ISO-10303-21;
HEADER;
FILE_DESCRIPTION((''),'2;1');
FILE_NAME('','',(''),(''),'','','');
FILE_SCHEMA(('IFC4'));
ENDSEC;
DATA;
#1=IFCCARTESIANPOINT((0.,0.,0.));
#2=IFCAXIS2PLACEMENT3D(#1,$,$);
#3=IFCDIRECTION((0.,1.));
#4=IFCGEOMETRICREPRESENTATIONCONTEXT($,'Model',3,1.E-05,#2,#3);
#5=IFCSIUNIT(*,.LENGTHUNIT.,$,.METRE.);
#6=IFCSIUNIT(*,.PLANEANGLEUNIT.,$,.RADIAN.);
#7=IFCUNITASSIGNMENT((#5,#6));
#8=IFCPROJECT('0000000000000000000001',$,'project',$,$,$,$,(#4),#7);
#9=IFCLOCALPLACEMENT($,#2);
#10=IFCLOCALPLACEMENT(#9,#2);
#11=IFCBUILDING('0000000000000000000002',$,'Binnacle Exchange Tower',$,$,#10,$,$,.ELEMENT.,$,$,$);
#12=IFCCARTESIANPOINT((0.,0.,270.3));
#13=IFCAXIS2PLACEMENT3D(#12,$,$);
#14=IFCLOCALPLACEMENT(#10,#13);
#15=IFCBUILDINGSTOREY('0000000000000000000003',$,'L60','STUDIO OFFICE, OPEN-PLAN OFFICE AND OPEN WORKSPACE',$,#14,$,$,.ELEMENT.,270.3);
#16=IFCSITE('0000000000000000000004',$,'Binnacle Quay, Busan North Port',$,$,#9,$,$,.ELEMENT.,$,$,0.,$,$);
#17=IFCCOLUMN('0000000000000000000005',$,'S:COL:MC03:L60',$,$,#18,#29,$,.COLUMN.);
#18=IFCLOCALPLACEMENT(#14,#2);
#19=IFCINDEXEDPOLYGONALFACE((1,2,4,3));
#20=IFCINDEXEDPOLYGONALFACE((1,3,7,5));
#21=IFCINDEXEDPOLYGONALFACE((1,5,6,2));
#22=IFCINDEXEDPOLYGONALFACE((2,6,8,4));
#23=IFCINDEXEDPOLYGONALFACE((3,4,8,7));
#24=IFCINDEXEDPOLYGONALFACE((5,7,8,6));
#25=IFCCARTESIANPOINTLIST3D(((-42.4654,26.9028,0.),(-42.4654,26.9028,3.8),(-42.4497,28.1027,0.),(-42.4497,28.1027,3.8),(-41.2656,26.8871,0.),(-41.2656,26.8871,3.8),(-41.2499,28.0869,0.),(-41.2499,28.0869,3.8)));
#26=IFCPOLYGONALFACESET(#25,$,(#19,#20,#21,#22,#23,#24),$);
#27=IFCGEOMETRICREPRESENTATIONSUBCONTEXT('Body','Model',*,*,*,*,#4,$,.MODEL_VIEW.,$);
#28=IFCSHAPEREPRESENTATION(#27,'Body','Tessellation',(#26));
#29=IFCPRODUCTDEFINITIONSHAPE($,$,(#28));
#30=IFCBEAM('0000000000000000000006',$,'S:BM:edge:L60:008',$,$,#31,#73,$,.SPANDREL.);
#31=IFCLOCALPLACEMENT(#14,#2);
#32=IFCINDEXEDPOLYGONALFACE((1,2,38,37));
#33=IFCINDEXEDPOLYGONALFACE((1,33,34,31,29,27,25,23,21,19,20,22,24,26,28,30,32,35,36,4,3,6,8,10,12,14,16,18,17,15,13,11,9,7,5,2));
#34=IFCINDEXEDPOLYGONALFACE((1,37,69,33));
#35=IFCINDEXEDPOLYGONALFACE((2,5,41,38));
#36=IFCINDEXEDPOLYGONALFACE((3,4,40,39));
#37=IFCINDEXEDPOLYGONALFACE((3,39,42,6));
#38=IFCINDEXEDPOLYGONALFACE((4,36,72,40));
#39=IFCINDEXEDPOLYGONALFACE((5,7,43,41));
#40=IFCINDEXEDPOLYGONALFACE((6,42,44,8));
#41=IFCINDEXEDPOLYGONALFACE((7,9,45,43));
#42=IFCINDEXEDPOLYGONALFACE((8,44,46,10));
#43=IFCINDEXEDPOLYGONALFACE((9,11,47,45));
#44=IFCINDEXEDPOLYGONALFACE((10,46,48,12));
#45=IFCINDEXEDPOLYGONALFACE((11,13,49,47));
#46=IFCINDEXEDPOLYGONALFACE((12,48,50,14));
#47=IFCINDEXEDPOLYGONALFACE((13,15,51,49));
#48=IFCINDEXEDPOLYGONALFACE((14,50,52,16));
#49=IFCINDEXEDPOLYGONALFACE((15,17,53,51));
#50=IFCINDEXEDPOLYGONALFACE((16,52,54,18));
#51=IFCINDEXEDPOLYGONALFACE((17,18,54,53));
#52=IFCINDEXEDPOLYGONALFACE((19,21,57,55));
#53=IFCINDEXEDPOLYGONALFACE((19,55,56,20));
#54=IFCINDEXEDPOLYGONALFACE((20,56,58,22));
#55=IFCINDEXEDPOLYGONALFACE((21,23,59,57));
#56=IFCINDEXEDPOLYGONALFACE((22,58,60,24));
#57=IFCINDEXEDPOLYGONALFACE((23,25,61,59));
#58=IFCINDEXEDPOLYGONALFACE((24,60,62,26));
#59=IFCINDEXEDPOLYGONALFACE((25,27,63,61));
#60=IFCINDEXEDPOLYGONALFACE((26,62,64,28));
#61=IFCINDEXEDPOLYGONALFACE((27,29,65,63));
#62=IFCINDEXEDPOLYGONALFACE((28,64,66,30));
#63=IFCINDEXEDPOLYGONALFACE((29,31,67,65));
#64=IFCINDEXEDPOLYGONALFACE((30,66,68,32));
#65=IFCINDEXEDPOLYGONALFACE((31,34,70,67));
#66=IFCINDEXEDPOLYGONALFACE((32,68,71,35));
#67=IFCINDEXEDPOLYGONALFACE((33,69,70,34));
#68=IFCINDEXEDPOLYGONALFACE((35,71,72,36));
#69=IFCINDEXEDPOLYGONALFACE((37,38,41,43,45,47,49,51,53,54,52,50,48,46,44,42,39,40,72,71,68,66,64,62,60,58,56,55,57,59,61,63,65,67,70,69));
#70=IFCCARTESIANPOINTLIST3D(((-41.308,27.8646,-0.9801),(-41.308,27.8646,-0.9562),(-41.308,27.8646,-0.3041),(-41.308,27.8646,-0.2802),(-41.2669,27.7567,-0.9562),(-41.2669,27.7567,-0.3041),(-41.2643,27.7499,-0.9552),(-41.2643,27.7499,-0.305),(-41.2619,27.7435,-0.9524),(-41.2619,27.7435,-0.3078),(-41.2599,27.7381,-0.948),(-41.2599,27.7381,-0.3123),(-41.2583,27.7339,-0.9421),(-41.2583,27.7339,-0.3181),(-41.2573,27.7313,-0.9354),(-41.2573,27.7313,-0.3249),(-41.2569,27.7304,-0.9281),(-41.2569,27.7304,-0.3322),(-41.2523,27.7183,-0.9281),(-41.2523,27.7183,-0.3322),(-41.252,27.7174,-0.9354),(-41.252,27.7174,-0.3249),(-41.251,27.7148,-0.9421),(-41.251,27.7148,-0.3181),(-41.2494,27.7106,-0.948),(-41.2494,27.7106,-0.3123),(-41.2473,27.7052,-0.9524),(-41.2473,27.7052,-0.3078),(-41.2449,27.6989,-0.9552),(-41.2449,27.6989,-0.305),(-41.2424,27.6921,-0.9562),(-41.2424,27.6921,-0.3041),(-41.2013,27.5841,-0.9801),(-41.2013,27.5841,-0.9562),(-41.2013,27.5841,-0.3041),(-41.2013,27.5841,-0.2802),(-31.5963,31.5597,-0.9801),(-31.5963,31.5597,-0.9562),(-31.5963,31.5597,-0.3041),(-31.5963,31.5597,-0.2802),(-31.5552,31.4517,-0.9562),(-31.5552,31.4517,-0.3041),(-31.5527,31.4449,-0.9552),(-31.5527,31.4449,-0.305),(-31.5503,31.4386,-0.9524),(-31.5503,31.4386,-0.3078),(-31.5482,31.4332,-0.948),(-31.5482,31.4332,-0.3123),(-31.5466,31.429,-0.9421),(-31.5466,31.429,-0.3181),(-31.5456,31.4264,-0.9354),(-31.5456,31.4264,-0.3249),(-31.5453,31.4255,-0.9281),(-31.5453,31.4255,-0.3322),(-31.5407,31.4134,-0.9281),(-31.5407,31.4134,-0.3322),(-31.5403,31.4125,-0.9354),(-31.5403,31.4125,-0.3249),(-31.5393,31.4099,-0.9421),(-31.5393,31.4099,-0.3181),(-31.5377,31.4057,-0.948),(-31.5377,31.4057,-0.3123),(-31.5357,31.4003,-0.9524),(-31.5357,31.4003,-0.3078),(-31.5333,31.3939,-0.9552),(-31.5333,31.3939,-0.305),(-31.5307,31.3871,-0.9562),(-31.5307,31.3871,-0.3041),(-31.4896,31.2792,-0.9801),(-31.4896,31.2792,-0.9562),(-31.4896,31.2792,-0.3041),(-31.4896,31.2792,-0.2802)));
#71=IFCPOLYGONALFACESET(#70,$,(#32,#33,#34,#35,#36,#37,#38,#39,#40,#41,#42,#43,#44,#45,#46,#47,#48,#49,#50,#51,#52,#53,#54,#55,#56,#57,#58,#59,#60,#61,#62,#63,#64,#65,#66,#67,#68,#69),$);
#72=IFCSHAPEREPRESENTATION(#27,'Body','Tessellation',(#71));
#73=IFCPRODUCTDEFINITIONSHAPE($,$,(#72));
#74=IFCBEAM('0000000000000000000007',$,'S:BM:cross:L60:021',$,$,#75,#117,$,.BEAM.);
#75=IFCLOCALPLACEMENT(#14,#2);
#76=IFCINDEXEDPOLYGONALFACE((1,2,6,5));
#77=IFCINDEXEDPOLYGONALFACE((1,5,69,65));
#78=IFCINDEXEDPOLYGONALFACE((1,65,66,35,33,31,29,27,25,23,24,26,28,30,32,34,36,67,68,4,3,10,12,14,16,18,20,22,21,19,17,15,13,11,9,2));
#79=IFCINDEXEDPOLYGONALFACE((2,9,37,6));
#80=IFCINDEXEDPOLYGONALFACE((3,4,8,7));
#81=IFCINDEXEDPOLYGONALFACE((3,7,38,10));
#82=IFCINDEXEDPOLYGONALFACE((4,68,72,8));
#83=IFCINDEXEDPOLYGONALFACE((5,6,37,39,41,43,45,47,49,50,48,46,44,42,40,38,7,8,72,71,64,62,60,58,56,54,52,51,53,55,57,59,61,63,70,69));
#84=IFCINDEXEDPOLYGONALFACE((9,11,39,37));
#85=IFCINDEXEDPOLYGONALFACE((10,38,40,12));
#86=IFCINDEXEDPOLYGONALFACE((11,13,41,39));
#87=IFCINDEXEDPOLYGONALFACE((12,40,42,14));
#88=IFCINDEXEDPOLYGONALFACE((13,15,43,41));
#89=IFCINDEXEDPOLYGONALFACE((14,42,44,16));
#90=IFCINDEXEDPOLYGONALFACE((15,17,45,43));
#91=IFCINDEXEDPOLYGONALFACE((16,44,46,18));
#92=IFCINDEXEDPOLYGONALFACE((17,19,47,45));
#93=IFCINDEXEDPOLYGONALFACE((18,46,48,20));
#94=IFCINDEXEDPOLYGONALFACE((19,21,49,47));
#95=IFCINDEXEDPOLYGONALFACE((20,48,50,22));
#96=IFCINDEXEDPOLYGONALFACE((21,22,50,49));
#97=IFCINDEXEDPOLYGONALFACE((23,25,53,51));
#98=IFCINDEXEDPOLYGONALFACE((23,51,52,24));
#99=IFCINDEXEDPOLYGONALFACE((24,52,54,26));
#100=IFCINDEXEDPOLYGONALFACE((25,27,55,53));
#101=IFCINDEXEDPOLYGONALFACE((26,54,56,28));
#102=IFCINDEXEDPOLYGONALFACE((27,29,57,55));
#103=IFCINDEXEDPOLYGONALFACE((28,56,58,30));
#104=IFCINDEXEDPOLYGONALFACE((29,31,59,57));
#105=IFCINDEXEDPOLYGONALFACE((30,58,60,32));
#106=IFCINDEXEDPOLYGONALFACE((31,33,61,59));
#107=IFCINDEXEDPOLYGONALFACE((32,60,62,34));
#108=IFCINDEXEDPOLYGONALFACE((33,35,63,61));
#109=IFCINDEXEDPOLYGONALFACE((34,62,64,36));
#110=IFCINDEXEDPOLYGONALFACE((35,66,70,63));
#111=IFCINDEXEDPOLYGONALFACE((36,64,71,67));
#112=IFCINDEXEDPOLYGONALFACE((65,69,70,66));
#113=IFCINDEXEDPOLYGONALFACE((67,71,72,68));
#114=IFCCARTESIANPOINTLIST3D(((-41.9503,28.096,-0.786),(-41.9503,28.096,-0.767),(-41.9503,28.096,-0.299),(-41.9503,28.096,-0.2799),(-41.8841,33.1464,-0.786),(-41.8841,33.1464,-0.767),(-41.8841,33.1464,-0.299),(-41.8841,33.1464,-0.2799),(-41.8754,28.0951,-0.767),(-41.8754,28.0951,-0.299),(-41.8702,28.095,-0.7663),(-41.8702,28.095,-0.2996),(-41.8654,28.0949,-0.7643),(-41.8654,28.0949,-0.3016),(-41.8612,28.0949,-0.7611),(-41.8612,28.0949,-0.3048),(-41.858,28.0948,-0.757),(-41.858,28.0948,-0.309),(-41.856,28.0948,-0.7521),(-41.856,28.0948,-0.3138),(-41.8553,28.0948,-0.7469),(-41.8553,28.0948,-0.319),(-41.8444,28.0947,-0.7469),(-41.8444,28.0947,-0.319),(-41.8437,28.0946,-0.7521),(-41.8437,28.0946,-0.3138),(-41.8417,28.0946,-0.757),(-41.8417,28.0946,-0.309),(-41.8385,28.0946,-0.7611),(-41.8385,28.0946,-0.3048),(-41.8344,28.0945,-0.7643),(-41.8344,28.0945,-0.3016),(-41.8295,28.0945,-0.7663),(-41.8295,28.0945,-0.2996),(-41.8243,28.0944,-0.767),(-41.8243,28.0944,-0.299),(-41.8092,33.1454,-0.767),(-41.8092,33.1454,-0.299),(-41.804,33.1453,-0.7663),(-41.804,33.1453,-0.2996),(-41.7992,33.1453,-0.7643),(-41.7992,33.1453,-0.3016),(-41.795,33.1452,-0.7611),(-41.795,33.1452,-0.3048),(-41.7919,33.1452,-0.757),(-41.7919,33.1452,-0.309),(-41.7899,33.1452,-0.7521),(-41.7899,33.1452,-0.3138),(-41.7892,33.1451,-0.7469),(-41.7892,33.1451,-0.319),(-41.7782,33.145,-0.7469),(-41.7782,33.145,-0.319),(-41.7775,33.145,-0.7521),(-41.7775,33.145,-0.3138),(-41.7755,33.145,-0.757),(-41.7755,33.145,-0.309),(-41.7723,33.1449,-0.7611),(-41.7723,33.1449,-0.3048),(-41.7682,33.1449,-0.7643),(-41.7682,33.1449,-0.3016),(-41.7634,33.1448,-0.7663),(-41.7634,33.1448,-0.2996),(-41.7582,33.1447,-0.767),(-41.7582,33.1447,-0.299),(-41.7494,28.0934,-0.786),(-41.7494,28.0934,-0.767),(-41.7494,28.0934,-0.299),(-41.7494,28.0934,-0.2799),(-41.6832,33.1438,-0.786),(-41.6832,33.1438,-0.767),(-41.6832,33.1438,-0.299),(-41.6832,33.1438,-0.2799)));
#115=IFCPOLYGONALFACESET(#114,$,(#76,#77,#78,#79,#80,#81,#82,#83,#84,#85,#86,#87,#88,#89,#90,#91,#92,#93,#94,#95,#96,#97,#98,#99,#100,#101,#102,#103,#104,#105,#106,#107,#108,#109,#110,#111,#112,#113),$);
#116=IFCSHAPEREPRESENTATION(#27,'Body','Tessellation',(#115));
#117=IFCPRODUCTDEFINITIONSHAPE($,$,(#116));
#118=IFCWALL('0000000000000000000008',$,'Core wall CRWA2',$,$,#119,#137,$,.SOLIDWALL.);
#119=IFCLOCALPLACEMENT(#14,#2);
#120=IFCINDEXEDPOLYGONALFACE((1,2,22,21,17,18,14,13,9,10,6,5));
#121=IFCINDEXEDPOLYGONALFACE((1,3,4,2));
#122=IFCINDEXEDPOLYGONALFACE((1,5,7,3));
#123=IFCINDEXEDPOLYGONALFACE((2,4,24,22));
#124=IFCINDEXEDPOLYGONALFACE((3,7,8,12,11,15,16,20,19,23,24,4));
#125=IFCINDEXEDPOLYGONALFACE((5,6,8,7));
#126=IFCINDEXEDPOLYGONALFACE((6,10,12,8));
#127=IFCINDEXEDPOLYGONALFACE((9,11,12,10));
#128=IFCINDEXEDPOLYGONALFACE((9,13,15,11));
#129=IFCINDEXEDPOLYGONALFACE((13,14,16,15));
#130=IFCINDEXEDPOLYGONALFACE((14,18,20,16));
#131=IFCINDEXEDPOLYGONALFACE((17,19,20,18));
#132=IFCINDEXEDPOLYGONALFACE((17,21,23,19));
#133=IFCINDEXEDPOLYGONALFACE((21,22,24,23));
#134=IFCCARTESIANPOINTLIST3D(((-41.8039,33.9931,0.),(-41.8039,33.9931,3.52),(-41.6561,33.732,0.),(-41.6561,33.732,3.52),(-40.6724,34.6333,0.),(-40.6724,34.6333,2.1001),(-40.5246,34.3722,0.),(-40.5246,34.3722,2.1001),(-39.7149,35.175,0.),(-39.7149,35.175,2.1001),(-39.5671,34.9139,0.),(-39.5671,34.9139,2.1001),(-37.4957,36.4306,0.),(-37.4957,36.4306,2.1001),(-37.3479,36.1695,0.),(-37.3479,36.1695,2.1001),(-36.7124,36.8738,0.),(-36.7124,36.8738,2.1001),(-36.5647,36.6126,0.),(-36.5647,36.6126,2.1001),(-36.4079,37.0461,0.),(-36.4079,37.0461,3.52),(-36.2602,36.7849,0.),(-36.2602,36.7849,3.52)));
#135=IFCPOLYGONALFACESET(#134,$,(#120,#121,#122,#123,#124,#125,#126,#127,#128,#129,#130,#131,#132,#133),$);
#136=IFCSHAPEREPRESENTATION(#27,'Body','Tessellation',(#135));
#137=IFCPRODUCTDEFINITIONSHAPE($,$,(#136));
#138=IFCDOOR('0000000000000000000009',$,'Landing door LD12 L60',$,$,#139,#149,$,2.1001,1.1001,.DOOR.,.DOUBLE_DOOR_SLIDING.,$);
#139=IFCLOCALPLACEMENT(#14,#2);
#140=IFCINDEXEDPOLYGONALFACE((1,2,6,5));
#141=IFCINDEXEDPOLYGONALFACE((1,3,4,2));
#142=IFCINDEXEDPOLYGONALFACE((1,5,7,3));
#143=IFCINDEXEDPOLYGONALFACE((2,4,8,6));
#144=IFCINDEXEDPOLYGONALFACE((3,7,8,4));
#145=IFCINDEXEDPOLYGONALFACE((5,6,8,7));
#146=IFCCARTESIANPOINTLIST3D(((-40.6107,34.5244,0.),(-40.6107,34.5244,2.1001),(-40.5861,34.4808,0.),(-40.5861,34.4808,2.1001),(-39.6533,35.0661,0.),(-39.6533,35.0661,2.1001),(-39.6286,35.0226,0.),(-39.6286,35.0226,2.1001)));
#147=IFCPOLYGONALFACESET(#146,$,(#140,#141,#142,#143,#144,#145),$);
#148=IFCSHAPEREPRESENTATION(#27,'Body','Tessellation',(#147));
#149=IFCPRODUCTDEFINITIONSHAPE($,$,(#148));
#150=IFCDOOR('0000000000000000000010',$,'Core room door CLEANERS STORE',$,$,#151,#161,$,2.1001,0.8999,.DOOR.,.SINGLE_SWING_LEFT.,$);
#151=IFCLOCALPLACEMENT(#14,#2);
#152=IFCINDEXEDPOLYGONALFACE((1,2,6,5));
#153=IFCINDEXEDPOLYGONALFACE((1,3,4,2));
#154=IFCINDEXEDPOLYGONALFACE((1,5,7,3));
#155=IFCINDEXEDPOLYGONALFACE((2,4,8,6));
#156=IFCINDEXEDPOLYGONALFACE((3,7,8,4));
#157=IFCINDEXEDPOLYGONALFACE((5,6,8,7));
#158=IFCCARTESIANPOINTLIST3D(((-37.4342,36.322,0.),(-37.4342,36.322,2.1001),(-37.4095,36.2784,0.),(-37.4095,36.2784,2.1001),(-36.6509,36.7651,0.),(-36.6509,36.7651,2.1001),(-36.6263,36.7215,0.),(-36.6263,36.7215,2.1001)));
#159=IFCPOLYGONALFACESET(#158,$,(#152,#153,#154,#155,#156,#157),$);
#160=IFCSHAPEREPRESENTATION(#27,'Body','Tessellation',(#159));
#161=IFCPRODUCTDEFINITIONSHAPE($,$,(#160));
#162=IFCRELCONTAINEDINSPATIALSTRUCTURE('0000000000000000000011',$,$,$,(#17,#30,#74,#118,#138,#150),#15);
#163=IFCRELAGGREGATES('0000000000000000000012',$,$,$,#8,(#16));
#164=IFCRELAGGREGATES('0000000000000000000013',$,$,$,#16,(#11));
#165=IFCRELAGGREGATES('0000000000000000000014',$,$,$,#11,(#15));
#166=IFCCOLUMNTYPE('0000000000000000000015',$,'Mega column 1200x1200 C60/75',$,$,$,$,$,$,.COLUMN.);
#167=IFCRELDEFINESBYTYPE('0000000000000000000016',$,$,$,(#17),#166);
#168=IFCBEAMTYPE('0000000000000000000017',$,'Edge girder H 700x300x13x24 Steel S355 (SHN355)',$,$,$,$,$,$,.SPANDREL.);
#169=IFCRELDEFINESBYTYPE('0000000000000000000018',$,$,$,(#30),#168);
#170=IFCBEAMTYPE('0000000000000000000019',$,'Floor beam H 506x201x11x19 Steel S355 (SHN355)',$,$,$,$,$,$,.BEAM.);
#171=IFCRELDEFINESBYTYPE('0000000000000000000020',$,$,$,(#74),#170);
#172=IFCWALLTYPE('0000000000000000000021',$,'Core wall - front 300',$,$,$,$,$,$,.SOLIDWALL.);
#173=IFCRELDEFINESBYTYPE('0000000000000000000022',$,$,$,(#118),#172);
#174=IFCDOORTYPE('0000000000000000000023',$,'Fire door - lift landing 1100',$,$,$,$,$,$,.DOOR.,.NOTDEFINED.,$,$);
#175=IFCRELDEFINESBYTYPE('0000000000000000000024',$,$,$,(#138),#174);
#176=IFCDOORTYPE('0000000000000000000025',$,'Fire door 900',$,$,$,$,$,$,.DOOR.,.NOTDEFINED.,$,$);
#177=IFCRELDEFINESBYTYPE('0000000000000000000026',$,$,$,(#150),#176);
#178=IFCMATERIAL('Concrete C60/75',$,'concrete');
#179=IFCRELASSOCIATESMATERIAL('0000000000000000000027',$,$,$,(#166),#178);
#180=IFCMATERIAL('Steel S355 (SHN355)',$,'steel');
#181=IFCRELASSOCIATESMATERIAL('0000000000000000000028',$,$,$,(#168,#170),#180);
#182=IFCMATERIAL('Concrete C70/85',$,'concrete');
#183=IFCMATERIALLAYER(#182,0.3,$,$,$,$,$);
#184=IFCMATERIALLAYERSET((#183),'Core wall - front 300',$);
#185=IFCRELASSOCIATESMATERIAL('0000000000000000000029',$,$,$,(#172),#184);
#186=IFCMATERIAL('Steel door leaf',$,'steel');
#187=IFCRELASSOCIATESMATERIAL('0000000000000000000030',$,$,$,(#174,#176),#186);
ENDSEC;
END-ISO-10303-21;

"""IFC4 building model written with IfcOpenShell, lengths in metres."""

from ifc_helpers import new_model, si_unit, direction, frame, frame_2d, origin, origin_2d, place, context, subcontext, project, spatial, rectangle, i_section, extrude, material, layer, layer_set, material_profile, profile_set, type_object, element, fill, save


model = new_model("IFC4")

# Units and contexts
model_context = context("Model", 3, precision=1e-05, world=origin(), true_north=direction((0.0, 1.0)))
body_context = subcontext(model_context, "Body", "Model", "MODEL_VIEW")
ifc_project = project(units=[si_unit("LENGTHUNIT", "METRE"), si_unit("PLANEANGLEUNIT", "RADIAN")], contexts=[model_context])

# Site, building, storey
site_placement = place(None, origin())
site = spatial("IfcSite", under=ifc_project, at=site_placement, Name="Binnacle Quay, Busan North Port", CompositionType="ELEMENT", RefElevation=0.0)
building_placement = place(site_placement, origin())
building = spatial("IfcBuilding", under=site, at=building_placement, Name="Binnacle Exchange Tower", CompositionType="ELEMENT")
storey_placement = place(building_placement, frame((0.0, 0.0, 270.3)))
storey = spatial("IfcBuildingStorey", under=building, at=storey_placement, Name="L60", Description="STUDIO OFFICE, OPEN-PLAN OFFICE AND OPEN WORKSPACE", CompositionType="ELEMENT", Elevation=270.3)

# Column
ifc_material_1 = material(Name="Concrete C60/75", Category="concrete")
ifc_material_profile_1 = material_profile(ifc_material_1, rectangle(XDim=1.2, YDim=1.2, at=origin_2d()), Name="Mega column 1200x1200 C60/75")
ifc_profile_set_1 = profile_set([ifc_material_profile_1], Name="Concrete C60/75")
column_type = type_object("IfcColumnType", Name="Mega column 1200x1200 C60/75", PredefinedType="COLUMN", material=ifc_profile_set_1)
column_placement = place(storey_placement, frame((-41.8577, 27.4949, 0.0), z_axis=(0.0, 0.0, 1.0), x_axis=(0.999914, -0.01309, 0.0)))
element("IfcColumn", 1, at=column_placement, inside=storey, type_object=column_type, Name="S:COL:MC03:L60", PredefinedType="COLUMN", context=body_context, shape_type="SweptSolid", body=[
    extrude(rectangle(XDim=1.2, YDim=1.2, at=origin_2d()), origin(), (0.0, 0.0, 1.0), 3.8),
])

# Beams
ifc_material_2 = material(Name="Steel S355 (SHN355)", Category="steel")
ifc_material_profile_2 = material_profile(ifc_material_2, i_section(OverallWidth=0.3, OverallDepth=0.7, WebThickness=0.0129, FlangeThickness=0.0239, FilletRadius=0.0281, at=origin_2d()), Name="H 700x300x13x24")
ifc_profile_set_2 = profile_set([ifc_material_profile_2], Name="Steel S355 (SHN355)")
beam_type_1 = type_object("IfcBeamType", Name="Edge girder H 700x300x13x24 Steel S355 (SHN355)", PredefinedType="SPANDREL", material=ifc_profile_set_2)
beam_1_placement = place(storey_placement, frame((-41.2546, 27.7244, -0.6301), z_axis=(0.934635, 0.355607, 0.0), x_axis=(-0.355607, 0.934635, 0.0)))
element("IfcBeam", 2, at=beam_1_placement, inside=storey, type_object=beam_type_1, Name="S:BM:edge:L60:008", PredefinedType="SPANDREL", context=body_context, shape_type="SweptSolid", body=[
    extrude(i_section(OverallWidth=0.3, OverallDepth=0.7, WebThickness=0.0129, FlangeThickness=0.0239, FilletRadius=0.0281, at=origin_2d()), origin(), (0.0, 0.0, 1.0), 10.3909),
])
ifc_material_profile_3 = material_profile(ifc_material_2, i_section(OverallWidth=0.2009, OverallDepth=0.5061, WebThickness=0.011, FlangeThickness=0.019, FilletRadius=0.02, at=origin_2d()), Name="H 506x201x11x19")
ifc_profile_set_3 = profile_set([ifc_material_profile_3], Name="Steel S355 (SHN355)")
beam_type_2 = type_object("IfcBeamType", Name="Floor beam H 506x201x11x19 Steel S355 (SHN355)", PredefinedType="BEAM", material=ifc_profile_set_3)
beam_2_placement = place(storey_placement, frame((-41.8499, 28.0947, -0.533), z_axis=(0.0131, 0.999914, 0.0), x_axis=(-0.999914, 0.0131, 0.0)))
element("IfcBeam", 3, at=beam_2_placement, inside=storey, type_object=beam_type_2, Name="S:BM:cross:L60:021", PredefinedType="BEAM", context=body_context, shape_type="SweptSolid", body=[
    extrude(i_section(OverallWidth=0.2009, OverallDepth=0.5061, WebThickness=0.011, FlangeThickness=0.019, FilletRadius=0.02, at=origin_2d()), origin(), (0.0, 0.0, 1.0), 5.0508),
])

# Wall, openings, doors
ifc_material_3 = material(Name="Concrete C70/85", Category="concrete")
ifc_layer_1 = layer(ifc_material_3, 0.3)
ifc_layer_set_1 = layer_set([ifc_layer_1], Name="Core wall - front 300")
wall_type_1 = type_object("IfcWallType", Name="Core wall - front 300", PredefinedType="SOLIDWALL", material=ifc_layer_set_1)
wall_1_placement = place(storey_placement, frame((-41.73, 33.8625, 0.0), z_axis=(0.0, 0.0, 1.0), x_axis=(0.870351, 0.492432, 0.0)))
wall_1 = element("IfcWall", 4, at=wall_1_placement, inside=storey, type_object=wall_type_1, Name="Core wall CRWA2", PredefinedType="SOLIDWALL", context=body_context, shape_type="SweptSolid", body=[
    extrude(rectangle(XDim=6.1997, YDim=0.3, at=frame_2d((3.0999, 0.0))), origin(), (0.0, 0.0, 1.0), 3.52),
])
opening_1_placement = place(wall_1_placement, frame((1.3, 0.0, 0.0)))
opening_1 = element("IfcOpeningElement", 5, at=opening_1_placement, cuts=wall_1, PredefinedType="OPENING", context=body_context, shape_type="SweptSolid", body=[
    extrude(rectangle(XDim=1.1001, YDim=2.1001, at=frame_2d((0.55, 1.05))), frame((0.0, 0.1599, 0.0), z_axis=(0.0, -1.0, 0.0), x_axis=(1.0, 0.0, 0.0)), (0.0, 0.0, 1.0), 0.3201),
])
opening_2_placement = place(wall_1_placement, frame((4.95, 0.0, 0.0)))
opening_2 = element("IfcOpeningElement", 6, at=opening_2_placement, cuts=wall_1, PredefinedType="OPENING", context=body_context, shape_type="SweptSolid", body=[
    extrude(rectangle(XDim=0.8999, YDim=2.1001, at=frame_2d((0.45, 1.05))), frame((0.0, 0.1599, 0.0), z_axis=(0.0, -1.0, 0.0), x_axis=(1.0, 0.0, 0.0)), (0.0, 0.0, 1.0), 0.3201),
])
ifc_material_4 = material(Name="Steel door leaf", Category="steel")
door_type_1 = type_object("IfcDoorType", Name="Fire door - lift landing 1100", OperationType="NOTDEFINED", PredefinedType="DOOR", material=ifc_material_4)
door_1_placement = place(opening_1_placement, origin())
door_1 = element("IfcDoor", 7, at=door_1_placement, inside=storey, type_object=door_type_1, Name="Landing door LD12 L60", OperationType="DOUBLE_DOOR_SLIDING", OverallHeight=2.1001, OverallWidth=1.1001, PredefinedType="DOOR", context=body_context, shape_type="SweptSolid", body=[
    extrude(rectangle(XDim=1.1001, YDim=2.1001, at=frame_2d((0.55, 1.05))), frame((0.0, 0.0249, 0.0), z_axis=(0.0, -1.0, 0.0), x_axis=(1.0, 0.0, 0.0)), (0.0, 0.0, 1.0), 0.05),
])
fill(opening_1, door_1)
door_type_2 = type_object("IfcDoorType", Name="Fire door 900", OperationType="NOTDEFINED", PredefinedType="DOOR", material=ifc_material_4)
door_2_placement = place(opening_2_placement, frame((0.8999, 0.0, 0.0), z_axis=(0.0, 0.0, 1.0), x_axis=(-1.0, 0.0, 0.0)))
door_2 = element("IfcDoor", 8, at=door_2_placement, inside=storey, type_object=door_type_2, Name="Core room door CLEANERS STORE", OperationType="SINGLE_SWING_LEFT", OverallHeight=2.1001, OverallWidth=0.8999, PredefinedType="DOOR", context=body_context, shape_type="SweptSolid", body=[
    extrude(rectangle(XDim=0.8999, YDim=2.1001, at=frame_2d((0.45, 1.05))), frame((0.0, 0.0249, 0.0), z_axis=(0.0, -1.0, 0.0), x_axis=(1.0, 0.0, 0.0)), (0.0, 0.0, 1.0), 0.05),
])
fill(opening_2, door_2)

save(model, "model.ifc")
